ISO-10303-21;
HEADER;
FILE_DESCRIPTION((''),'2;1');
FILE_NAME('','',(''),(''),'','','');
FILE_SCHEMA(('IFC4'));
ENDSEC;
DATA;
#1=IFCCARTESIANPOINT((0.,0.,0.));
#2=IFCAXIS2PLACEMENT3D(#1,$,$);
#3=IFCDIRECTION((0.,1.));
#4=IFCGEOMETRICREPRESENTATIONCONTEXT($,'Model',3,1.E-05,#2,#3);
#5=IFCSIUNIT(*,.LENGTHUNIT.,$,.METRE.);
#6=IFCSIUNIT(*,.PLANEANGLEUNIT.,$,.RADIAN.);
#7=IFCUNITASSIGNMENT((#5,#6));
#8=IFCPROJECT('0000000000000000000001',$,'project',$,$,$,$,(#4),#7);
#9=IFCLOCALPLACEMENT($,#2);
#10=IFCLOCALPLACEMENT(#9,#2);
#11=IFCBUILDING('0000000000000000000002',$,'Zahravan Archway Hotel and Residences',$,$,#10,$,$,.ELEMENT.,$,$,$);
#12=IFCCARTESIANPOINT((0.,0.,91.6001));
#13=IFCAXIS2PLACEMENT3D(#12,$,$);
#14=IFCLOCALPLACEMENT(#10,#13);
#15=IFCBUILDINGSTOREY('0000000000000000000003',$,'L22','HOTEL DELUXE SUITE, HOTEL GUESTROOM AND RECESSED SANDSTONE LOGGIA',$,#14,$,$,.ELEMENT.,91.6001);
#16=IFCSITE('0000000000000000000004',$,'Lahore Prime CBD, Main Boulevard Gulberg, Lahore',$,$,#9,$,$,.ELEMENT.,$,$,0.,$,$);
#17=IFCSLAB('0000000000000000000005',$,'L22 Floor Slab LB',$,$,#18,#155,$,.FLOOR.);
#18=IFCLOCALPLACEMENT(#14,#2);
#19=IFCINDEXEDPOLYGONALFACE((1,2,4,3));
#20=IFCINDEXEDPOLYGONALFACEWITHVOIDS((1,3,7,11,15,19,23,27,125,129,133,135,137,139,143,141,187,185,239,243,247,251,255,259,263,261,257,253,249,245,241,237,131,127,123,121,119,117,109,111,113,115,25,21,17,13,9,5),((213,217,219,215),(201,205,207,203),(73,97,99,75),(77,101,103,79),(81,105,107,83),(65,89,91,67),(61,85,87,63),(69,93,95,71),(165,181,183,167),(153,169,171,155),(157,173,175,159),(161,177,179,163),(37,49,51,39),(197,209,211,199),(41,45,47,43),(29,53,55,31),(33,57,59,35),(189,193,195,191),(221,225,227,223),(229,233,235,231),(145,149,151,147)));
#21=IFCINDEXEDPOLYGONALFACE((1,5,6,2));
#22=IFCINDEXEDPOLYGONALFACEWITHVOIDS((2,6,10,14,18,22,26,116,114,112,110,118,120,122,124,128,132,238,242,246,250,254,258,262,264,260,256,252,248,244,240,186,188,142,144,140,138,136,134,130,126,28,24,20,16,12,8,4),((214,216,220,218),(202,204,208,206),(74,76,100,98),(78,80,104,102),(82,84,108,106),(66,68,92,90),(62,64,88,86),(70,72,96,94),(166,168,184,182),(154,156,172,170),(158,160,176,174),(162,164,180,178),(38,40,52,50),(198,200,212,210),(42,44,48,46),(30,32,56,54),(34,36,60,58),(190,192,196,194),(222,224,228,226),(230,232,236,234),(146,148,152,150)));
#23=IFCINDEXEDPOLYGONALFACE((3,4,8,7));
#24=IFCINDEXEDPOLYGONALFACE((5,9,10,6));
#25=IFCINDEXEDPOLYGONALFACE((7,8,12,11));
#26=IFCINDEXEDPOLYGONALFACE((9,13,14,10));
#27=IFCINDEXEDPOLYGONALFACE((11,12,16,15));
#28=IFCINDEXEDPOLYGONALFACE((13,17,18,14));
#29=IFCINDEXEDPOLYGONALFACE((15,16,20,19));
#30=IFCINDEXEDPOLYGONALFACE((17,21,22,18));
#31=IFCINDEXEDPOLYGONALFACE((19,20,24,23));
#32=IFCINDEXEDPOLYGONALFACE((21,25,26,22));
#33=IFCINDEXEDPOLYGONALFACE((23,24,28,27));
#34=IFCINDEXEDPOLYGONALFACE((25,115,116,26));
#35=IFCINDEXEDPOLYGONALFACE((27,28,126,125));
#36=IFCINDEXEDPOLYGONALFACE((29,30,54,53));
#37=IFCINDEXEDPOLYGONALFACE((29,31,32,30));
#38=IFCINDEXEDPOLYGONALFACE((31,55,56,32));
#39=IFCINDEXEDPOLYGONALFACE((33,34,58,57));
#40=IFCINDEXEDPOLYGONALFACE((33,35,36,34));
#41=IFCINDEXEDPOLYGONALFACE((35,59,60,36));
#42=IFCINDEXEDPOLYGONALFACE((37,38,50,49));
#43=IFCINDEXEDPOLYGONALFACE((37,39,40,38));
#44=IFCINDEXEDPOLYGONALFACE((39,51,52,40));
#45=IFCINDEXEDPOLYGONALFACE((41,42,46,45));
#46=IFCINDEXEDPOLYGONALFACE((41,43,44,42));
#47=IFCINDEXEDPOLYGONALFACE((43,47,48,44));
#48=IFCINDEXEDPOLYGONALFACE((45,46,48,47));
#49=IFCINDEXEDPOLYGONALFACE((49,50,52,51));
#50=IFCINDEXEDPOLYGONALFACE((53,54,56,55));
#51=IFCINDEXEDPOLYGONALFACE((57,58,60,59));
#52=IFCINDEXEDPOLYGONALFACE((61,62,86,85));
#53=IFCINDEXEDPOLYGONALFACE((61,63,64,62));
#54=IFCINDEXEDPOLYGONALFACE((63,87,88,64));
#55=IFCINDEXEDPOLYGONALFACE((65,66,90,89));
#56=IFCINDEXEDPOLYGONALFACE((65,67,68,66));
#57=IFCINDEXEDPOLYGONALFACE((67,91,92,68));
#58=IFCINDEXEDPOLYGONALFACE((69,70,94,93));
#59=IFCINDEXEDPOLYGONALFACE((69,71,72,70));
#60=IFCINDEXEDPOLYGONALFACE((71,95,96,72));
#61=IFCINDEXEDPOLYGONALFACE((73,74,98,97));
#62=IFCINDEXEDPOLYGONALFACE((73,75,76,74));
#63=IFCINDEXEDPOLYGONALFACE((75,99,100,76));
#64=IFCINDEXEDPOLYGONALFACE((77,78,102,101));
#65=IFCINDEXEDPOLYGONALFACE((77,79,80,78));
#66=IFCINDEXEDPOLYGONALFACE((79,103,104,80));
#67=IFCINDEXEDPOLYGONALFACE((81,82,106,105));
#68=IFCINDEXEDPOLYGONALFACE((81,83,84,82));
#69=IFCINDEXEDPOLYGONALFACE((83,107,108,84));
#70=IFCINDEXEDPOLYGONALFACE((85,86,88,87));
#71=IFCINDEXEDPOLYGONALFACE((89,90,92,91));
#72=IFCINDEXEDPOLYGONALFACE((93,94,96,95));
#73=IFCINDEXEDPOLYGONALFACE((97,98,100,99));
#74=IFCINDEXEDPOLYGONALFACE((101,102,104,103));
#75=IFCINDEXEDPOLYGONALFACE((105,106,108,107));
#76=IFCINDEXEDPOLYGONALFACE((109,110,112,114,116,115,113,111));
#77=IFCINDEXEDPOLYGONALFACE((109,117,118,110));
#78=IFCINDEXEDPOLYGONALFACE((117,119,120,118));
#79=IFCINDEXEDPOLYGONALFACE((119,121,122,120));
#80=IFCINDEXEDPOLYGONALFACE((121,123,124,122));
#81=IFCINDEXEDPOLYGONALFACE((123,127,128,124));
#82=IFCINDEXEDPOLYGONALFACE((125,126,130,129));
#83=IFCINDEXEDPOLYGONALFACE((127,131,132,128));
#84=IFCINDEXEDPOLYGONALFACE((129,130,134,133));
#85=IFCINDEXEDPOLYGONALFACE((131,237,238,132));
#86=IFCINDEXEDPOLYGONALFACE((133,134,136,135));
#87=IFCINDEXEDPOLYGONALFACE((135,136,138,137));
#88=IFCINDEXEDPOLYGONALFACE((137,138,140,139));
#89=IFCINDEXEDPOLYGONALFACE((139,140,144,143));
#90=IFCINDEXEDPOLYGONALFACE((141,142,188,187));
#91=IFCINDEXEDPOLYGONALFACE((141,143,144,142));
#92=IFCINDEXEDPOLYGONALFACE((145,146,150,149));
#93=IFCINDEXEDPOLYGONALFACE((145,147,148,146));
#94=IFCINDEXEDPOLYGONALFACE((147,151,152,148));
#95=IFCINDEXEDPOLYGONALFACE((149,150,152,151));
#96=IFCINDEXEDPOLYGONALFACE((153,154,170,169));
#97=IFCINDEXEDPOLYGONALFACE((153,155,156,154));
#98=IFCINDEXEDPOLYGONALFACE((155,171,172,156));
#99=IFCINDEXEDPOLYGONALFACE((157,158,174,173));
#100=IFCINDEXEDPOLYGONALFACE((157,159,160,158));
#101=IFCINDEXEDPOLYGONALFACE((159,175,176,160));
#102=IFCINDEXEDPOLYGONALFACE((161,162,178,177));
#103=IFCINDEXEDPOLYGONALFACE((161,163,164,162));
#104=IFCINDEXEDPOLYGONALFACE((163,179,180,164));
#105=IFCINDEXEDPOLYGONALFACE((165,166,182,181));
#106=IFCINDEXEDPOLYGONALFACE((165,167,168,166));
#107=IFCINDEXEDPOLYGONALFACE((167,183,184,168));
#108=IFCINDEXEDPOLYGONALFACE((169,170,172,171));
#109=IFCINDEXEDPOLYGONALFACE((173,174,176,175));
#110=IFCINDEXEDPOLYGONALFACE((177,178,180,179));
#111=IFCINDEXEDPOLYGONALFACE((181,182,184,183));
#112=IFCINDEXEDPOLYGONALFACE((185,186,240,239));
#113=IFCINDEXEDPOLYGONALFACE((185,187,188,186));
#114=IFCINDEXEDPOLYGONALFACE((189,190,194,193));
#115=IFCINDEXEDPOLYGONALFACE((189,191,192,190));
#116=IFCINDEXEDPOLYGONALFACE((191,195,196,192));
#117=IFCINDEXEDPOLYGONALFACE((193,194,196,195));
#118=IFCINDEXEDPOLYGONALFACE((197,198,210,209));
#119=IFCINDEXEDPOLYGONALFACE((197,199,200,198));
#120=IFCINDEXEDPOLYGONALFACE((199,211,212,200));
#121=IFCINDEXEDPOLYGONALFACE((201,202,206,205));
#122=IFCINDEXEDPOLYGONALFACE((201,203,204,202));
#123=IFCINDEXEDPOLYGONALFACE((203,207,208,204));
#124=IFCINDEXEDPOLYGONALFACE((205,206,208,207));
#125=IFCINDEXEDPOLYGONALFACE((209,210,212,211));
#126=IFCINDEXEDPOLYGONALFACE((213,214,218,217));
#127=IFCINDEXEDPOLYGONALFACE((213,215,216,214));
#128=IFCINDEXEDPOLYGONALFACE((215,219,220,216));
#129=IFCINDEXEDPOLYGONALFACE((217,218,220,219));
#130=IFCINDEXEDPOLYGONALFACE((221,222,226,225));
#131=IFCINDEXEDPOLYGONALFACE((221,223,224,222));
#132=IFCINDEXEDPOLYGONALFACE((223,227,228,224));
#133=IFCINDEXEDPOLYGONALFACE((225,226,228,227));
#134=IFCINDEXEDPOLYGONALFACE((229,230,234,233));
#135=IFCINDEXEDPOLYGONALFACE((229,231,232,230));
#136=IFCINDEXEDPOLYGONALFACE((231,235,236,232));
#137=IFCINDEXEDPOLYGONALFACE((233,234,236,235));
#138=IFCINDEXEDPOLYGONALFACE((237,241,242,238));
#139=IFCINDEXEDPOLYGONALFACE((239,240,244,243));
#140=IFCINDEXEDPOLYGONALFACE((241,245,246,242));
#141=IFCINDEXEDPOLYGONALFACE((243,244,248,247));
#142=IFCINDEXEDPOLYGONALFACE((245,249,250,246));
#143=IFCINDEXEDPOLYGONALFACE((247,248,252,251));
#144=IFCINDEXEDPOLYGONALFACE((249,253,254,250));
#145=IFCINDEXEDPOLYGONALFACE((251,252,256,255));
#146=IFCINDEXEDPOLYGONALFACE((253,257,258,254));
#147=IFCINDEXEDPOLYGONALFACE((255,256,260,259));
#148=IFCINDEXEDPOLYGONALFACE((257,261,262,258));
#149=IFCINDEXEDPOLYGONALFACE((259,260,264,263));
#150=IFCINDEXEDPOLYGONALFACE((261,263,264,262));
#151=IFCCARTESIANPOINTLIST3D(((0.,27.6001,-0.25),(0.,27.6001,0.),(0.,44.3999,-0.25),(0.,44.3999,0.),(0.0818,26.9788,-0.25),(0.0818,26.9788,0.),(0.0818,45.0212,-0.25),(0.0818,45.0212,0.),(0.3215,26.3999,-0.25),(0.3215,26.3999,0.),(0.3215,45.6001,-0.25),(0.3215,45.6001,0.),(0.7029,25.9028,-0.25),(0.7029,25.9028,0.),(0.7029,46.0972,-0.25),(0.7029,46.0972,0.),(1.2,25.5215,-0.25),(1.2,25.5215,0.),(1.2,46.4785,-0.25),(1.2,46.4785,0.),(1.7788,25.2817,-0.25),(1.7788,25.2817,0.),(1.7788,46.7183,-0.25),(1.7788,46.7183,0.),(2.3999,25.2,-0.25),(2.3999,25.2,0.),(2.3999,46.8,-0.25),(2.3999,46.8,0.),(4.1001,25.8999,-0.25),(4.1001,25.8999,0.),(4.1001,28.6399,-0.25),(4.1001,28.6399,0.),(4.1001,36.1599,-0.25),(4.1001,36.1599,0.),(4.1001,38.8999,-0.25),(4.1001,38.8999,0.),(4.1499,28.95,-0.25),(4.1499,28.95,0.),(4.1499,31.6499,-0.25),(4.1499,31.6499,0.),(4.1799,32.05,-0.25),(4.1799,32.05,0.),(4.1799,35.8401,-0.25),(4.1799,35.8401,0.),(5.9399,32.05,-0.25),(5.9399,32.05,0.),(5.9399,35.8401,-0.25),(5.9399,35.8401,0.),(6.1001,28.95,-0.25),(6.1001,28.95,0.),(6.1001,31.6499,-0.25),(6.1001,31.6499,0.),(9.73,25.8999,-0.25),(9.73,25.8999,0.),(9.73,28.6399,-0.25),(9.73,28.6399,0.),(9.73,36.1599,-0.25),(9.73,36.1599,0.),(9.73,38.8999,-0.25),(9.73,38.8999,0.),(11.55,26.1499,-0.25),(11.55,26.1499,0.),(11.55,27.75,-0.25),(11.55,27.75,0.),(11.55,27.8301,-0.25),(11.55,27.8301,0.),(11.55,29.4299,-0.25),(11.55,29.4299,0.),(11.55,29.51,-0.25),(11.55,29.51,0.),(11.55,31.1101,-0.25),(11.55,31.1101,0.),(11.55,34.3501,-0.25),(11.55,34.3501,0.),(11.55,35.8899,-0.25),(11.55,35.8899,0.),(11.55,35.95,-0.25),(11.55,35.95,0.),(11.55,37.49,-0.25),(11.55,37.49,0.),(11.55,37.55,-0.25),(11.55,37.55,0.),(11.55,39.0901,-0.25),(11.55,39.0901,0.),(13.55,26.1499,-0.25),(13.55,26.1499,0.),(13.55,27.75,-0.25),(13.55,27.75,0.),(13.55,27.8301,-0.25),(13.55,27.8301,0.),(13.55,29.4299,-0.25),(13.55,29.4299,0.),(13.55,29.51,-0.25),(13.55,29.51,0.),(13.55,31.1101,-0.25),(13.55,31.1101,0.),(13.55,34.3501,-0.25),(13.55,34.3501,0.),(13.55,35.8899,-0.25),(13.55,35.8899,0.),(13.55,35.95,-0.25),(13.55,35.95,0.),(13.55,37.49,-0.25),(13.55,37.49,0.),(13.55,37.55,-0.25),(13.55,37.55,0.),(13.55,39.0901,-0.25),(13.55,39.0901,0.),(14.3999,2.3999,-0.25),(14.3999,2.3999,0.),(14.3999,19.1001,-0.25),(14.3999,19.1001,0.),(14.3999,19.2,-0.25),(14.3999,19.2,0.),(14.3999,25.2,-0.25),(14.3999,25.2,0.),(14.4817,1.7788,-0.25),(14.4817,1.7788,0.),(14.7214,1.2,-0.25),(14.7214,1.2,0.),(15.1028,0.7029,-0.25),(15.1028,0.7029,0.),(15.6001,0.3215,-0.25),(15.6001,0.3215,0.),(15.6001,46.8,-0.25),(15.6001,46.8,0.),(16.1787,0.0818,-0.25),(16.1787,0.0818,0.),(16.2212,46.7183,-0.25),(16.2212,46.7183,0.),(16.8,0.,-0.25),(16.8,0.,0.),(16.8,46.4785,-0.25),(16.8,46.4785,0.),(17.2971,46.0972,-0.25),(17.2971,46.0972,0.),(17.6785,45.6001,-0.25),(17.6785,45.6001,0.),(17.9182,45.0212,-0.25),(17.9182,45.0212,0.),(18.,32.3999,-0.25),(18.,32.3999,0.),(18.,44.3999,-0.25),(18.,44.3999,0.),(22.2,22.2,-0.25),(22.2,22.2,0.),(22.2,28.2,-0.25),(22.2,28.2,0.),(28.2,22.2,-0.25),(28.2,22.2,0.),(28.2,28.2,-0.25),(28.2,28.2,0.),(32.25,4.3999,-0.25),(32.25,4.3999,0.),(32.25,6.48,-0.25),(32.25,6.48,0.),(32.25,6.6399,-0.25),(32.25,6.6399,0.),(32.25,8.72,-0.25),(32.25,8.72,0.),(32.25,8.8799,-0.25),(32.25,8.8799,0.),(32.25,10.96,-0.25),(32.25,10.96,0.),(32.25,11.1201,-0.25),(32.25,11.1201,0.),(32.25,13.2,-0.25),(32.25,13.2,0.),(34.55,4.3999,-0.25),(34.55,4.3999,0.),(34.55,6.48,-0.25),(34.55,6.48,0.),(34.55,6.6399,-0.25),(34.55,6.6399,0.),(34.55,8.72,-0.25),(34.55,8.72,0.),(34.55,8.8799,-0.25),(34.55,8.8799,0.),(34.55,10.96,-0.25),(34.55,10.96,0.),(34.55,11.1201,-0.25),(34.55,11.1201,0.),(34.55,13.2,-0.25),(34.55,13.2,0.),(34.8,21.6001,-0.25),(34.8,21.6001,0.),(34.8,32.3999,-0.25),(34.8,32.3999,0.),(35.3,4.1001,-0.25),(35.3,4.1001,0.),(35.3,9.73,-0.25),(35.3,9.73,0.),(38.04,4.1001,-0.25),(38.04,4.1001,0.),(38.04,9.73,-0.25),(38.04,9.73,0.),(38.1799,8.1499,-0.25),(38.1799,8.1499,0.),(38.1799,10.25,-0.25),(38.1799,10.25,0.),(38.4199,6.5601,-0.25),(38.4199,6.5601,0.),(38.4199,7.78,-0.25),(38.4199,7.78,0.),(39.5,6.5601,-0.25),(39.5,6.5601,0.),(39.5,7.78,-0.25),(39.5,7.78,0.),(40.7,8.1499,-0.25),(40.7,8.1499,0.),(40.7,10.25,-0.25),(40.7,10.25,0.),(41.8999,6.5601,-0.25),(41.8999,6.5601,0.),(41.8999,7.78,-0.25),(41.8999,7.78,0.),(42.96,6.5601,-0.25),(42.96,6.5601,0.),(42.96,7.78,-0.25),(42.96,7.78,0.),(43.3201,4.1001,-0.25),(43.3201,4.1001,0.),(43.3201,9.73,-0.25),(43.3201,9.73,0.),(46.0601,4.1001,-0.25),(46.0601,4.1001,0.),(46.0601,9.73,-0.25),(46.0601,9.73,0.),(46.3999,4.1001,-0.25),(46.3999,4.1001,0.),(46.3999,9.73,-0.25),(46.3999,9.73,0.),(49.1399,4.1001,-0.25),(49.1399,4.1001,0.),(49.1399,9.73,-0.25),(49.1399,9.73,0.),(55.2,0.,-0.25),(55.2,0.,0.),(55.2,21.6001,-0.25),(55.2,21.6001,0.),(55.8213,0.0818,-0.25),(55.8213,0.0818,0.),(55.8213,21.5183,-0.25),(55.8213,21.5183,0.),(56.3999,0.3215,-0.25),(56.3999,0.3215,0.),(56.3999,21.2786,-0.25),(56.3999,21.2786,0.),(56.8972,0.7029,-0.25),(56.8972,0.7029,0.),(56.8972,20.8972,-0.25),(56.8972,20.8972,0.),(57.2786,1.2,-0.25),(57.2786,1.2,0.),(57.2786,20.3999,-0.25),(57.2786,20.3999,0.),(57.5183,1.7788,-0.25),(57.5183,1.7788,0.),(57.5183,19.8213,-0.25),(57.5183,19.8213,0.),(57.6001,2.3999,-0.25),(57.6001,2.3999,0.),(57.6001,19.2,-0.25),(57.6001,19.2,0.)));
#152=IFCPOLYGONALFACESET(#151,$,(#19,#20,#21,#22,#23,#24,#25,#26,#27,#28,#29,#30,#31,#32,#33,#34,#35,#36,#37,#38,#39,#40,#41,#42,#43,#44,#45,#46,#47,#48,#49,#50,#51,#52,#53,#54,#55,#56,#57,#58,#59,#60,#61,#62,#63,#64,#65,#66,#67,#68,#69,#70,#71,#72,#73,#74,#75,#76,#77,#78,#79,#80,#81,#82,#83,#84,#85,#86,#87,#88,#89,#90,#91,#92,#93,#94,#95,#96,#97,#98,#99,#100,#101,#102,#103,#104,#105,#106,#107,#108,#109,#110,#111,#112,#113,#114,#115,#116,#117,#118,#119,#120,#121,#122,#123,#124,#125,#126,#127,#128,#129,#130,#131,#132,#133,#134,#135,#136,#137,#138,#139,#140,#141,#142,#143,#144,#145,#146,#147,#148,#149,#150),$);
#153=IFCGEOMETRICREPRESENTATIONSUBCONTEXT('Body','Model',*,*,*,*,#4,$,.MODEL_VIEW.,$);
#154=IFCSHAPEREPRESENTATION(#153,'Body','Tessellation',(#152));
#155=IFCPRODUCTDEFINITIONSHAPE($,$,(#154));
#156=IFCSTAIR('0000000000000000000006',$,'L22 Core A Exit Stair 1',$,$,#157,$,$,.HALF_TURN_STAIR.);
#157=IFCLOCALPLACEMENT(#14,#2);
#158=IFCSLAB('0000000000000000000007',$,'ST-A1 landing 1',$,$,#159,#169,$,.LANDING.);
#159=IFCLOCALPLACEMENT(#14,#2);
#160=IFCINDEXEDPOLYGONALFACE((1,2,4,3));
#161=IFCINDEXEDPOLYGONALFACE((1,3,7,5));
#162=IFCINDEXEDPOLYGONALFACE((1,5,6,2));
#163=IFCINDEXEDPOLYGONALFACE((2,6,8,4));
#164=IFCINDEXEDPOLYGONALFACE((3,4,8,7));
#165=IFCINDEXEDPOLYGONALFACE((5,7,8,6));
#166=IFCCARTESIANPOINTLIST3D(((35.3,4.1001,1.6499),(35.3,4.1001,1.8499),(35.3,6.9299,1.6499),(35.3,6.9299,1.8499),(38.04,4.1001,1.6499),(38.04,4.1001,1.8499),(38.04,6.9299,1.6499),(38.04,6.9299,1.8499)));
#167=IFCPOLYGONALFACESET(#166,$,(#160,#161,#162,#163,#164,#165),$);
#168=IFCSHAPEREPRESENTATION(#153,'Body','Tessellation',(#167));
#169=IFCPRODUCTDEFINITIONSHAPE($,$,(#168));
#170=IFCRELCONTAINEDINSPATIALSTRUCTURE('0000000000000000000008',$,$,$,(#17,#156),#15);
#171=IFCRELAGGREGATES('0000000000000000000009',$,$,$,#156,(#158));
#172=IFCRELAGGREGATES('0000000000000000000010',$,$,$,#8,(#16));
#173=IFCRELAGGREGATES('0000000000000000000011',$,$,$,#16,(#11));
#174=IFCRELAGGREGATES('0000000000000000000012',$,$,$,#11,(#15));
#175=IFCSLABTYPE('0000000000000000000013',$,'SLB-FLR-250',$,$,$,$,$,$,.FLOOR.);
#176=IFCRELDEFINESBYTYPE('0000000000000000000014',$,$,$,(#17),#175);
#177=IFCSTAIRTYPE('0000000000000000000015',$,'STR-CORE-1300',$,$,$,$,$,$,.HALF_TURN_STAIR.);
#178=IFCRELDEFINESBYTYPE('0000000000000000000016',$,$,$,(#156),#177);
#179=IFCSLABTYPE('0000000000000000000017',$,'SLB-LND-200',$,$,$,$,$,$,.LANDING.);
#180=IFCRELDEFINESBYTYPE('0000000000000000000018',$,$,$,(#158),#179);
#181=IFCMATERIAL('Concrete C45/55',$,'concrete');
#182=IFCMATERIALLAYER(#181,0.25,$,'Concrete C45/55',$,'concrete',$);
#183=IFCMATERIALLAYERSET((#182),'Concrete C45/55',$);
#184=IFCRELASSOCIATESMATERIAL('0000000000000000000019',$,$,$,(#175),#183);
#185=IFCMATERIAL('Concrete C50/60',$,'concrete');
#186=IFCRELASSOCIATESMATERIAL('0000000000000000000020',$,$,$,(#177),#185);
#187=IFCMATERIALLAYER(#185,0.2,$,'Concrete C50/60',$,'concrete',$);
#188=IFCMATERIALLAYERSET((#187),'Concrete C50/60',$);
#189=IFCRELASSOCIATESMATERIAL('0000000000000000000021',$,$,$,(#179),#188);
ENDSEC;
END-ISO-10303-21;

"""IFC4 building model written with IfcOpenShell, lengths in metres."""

from ifc_helpers import new_model, si_unit, direction, frame, origin, place, context, subcontext, project, spatial, polyline, outline, extrude, material, layer, layer_set, type_object, element, aggregate, save


model = new_model("IFC4")

# Units and contexts
model_context = context("Model", 3, precision=1e-05, world=origin(), true_north=direction((0.0, 1.0)))
body_context = subcontext(model_context, "Body", "Model", "MODEL_VIEW")
ifc_project = project(units=[si_unit("LENGTHUNIT", "METRE"), si_unit("PLANEANGLEUNIT", "RADIAN")], contexts=[model_context])

# Site, building, storey
site_placement = place(None, origin())
site = spatial("IfcSite", under=ifc_project, at=site_placement, Name="Lahore Prime CBD, Main Boulevard Gulberg, Lahore", CompositionType="ELEMENT", RefElevation=0.0)
building_placement = place(site_placement, origin())
building = spatial("IfcBuilding", under=site, at=building_placement, Name="Zahravan Archway Hotel and Residences", CompositionType="ELEMENT")
storey_placement = place(building_placement, frame((0.0, 0.0, 91.6001)))
storey = spatial("IfcBuildingStorey", under=building, at=storey_placement, Name="L22", Description="HOTEL DELUXE SUITE, HOTEL GUESTROOM AND RECESSED SANDSTONE LOGGIA", CompositionType="ELEMENT", Elevation=91.6001)

# Slab
ifc_material_1 = material(Name="Concrete C45/55", Category="concrete")
ifc_layer_1 = layer(ifc_material_1, 0.25, Name="Concrete C45/55", Category="concrete")
ifc_layer_set_1 = layer_set([ifc_layer_1], Name="Concrete C45/55")
slab_type_1 = type_object("IfcSlabType", Name="SLB-FLR-250", PredefinedType="FLOOR", material=ifc_layer_set_1)
slab_1_placement = place(storey_placement, frame((0.0, 0.0, -0.25)))
element("IfcSlab", 1, at=slab_1_placement, inside=storey, type_object=slab_type_1, Name="L22 Floor Slab LB", PredefinedType="FLOOR", context=body_context, shape_type="SweptSolid", body=[
    extrude(outline(polyline([(34.8, 21.6001), (34.8, 32.3999), (18.0, 32.3999), (18.0, 44.3999), (17.9182, 45.0212), (17.6785, 45.6001), (17.2971, 46.0972), (16.8, 46.4785), (16.2212, 46.7183), (15.6001, 46.8), (2.3999, 46.8), (1.7788, 46.7183), (1.2, 46.4785), (0.7029, 46.0972), (0.3215, 45.6001), (0.0818, 45.0212), (0.0, 44.3999), (0.0, 27.6001), (0.0818, 26.9788), (0.3215, 26.3999), (0.7029, 25.9028), (1.2, 25.5215), (1.7788, 25.2817), (2.3999, 25.2), (14.3999, 25.2), (14.3999, 19.2), (14.3999, 19.1001), (14.3999, 2.3999), (14.4817, 1.7788), (14.7214, 1.2), (15.1028, 0.7029), (15.6001, 0.3215), (16.1787, 0.0818), (16.8, 0.0), (55.2, 0.0), (55.8213, 0.0818), (56.3999, 0.3215), (56.8972, 0.7029), (57.2786, 1.2), (57.5183, 1.7788), (57.6001, 2.3999), (57.6001, 19.2), (57.5183, 19.8213), (57.2786, 20.3999), (56.8972, 20.8972), (56.3999, 21.2786), (55.8213, 21.5183), (55.2, 21.6001), (34.8, 21.6001)]), holes=[polyline([(35.3, 9.73), (35.3, 4.1001), (38.04, 4.1001), (38.04, 9.73), (35.3, 9.73)]), polyline([(43.3201, 9.73), (43.3201, 4.1001), (46.0601, 4.1001), (46.0601, 9.73), (43.3201, 9.73)]), polyline([(46.3999, 9.73), (46.3999, 4.1001), (49.1399, 4.1001), (49.1399, 9.73), (46.3999, 9.73)]), polyline([(9.73, 28.6399), (4.1001, 28.6399), (4.1001, 25.8999), (9.73, 25.8999), (9.73, 28.6399)]), polyline([(9.73, 38.8999), (4.1001, 38.8999), (4.1001, 36.1599), (9.73, 36.1599), (9.73, 38.8999)]), polyline([(38.1799, 8.1499), (40.7, 8.1499), (40.7, 10.25), (38.1799, 10.25), (38.1799, 8.1499)]), polyline([(4.1499, 28.95), (6.1001, 28.95), (6.1001, 31.6499), (4.1499, 31.6499), (4.1499, 28.95)]), polyline([(11.55, 26.1499), (13.55, 26.1499), (13.55, 27.75), (11.55, 27.75), (11.55, 26.1499)]), polyline([(11.55, 27.8301), (13.55, 27.8301), (13.55, 29.4299), (11.55, 29.4299), (11.55, 27.8301)]), polyline([(11.55, 29.51), (13.55, 29.51), (13.55, 31.1101), (11.55, 31.1101), (11.55, 29.51)]), polyline([(11.55, 34.3501), (13.55, 34.3501), (13.55, 35.8899), (11.55, 35.8899), (11.55, 34.3501)]), polyline([(11.55, 35.95), (13.55, 35.95), (13.55, 37.49), (11.55, 37.49), (11.55, 35.95)]), polyline([(11.55, 37.55), (13.55, 37.55), (13.55, 39.0901), (11.55, 39.0901), (11.55, 37.55)]), polyline([(32.25, 4.3999), (34.55, 4.3999), (34.55, 6.48), (32.25, 6.48), (32.25, 4.3999)]), polyline([(32.25, 6.6399), (34.55, 6.6399), (34.55, 8.72), (32.25, 8.72), (32.25, 6.6399)]), polyline([(32.25, 8.8799), (34.55, 8.8799), (34.55, 10.96), (32.25, 10.96), (32.25, 8.8799)]), polyline([(32.25, 11.1201), (34.55, 11.1201), (34.55, 13.2), (32.25, 13.2), (32.25, 11.1201)]), polyline([(22.2, 22.2), (28.2, 22.2), (28.2, 28.2), (22.2, 28.2), (22.2, 22.2)]), polyline([(38.4199, 6.5601), (39.5, 6.5601), (39.5, 7.78), (38.4199, 7.78), (38.4199, 6.5601)]), polyline([(41.8999, 6.5601), (42.96, 6.5601), (42.96, 7.78), (41.8999, 7.78), (41.8999, 6.5601)]), polyline([(4.1799, 32.05), (5.9399, 32.05), (5.9399, 35.8401), (4.1799, 35.8401), (4.1799, 32.05)])]), origin(), (0.0, 0.0, 1.0), 0.25),
])

# Stair, slab
ifc_material_2 = material(Name="Concrete C50/60", Category="concrete")
stair_type = type_object("IfcStairType", Name="STR-CORE-1300", PredefinedType="HALF_TURN_STAIR", material=ifc_material_2)
stair_1_placement = place(storey_placement, origin())
stair_1 = element("IfcStair", 2, at=stair_1_placement, inside=storey, type_object=stair_type, Name="L22 Core A Exit Stair 1", PredefinedType="HALF_TURN_STAIR")
ifc_layer_2 = layer(ifc_material_2, 0.2, Name="Concrete C50/60", Category="concrete")
ifc_layer_set_2 = layer_set([ifc_layer_2], Name="Concrete C50/60")
slab_type_2 = type_object("IfcSlabType", Name="SLB-LND-200", PredefinedType="LANDING", material=ifc_layer_set_2)
slab_2_placement = place(storey_placement, frame((0.0, 0.0, 1.6499)))
slab_2 = element("IfcSlab", 3, at=slab_2_placement, type_object=slab_type_2, Name="ST-A1 landing 1", PredefinedType="LANDING", context=body_context, shape_type="SweptSolid", body=[
    extrude(outline(polyline([(35.3, 6.9299), (35.3, 4.1001), (38.04, 4.1001), (38.04, 6.9299), (35.3, 6.9299)])), origin(), (0.0, 0.0, 1.0), 0.2),
])
aggregate(stair_1, [slab_2])

save(model, "model.ifc")
